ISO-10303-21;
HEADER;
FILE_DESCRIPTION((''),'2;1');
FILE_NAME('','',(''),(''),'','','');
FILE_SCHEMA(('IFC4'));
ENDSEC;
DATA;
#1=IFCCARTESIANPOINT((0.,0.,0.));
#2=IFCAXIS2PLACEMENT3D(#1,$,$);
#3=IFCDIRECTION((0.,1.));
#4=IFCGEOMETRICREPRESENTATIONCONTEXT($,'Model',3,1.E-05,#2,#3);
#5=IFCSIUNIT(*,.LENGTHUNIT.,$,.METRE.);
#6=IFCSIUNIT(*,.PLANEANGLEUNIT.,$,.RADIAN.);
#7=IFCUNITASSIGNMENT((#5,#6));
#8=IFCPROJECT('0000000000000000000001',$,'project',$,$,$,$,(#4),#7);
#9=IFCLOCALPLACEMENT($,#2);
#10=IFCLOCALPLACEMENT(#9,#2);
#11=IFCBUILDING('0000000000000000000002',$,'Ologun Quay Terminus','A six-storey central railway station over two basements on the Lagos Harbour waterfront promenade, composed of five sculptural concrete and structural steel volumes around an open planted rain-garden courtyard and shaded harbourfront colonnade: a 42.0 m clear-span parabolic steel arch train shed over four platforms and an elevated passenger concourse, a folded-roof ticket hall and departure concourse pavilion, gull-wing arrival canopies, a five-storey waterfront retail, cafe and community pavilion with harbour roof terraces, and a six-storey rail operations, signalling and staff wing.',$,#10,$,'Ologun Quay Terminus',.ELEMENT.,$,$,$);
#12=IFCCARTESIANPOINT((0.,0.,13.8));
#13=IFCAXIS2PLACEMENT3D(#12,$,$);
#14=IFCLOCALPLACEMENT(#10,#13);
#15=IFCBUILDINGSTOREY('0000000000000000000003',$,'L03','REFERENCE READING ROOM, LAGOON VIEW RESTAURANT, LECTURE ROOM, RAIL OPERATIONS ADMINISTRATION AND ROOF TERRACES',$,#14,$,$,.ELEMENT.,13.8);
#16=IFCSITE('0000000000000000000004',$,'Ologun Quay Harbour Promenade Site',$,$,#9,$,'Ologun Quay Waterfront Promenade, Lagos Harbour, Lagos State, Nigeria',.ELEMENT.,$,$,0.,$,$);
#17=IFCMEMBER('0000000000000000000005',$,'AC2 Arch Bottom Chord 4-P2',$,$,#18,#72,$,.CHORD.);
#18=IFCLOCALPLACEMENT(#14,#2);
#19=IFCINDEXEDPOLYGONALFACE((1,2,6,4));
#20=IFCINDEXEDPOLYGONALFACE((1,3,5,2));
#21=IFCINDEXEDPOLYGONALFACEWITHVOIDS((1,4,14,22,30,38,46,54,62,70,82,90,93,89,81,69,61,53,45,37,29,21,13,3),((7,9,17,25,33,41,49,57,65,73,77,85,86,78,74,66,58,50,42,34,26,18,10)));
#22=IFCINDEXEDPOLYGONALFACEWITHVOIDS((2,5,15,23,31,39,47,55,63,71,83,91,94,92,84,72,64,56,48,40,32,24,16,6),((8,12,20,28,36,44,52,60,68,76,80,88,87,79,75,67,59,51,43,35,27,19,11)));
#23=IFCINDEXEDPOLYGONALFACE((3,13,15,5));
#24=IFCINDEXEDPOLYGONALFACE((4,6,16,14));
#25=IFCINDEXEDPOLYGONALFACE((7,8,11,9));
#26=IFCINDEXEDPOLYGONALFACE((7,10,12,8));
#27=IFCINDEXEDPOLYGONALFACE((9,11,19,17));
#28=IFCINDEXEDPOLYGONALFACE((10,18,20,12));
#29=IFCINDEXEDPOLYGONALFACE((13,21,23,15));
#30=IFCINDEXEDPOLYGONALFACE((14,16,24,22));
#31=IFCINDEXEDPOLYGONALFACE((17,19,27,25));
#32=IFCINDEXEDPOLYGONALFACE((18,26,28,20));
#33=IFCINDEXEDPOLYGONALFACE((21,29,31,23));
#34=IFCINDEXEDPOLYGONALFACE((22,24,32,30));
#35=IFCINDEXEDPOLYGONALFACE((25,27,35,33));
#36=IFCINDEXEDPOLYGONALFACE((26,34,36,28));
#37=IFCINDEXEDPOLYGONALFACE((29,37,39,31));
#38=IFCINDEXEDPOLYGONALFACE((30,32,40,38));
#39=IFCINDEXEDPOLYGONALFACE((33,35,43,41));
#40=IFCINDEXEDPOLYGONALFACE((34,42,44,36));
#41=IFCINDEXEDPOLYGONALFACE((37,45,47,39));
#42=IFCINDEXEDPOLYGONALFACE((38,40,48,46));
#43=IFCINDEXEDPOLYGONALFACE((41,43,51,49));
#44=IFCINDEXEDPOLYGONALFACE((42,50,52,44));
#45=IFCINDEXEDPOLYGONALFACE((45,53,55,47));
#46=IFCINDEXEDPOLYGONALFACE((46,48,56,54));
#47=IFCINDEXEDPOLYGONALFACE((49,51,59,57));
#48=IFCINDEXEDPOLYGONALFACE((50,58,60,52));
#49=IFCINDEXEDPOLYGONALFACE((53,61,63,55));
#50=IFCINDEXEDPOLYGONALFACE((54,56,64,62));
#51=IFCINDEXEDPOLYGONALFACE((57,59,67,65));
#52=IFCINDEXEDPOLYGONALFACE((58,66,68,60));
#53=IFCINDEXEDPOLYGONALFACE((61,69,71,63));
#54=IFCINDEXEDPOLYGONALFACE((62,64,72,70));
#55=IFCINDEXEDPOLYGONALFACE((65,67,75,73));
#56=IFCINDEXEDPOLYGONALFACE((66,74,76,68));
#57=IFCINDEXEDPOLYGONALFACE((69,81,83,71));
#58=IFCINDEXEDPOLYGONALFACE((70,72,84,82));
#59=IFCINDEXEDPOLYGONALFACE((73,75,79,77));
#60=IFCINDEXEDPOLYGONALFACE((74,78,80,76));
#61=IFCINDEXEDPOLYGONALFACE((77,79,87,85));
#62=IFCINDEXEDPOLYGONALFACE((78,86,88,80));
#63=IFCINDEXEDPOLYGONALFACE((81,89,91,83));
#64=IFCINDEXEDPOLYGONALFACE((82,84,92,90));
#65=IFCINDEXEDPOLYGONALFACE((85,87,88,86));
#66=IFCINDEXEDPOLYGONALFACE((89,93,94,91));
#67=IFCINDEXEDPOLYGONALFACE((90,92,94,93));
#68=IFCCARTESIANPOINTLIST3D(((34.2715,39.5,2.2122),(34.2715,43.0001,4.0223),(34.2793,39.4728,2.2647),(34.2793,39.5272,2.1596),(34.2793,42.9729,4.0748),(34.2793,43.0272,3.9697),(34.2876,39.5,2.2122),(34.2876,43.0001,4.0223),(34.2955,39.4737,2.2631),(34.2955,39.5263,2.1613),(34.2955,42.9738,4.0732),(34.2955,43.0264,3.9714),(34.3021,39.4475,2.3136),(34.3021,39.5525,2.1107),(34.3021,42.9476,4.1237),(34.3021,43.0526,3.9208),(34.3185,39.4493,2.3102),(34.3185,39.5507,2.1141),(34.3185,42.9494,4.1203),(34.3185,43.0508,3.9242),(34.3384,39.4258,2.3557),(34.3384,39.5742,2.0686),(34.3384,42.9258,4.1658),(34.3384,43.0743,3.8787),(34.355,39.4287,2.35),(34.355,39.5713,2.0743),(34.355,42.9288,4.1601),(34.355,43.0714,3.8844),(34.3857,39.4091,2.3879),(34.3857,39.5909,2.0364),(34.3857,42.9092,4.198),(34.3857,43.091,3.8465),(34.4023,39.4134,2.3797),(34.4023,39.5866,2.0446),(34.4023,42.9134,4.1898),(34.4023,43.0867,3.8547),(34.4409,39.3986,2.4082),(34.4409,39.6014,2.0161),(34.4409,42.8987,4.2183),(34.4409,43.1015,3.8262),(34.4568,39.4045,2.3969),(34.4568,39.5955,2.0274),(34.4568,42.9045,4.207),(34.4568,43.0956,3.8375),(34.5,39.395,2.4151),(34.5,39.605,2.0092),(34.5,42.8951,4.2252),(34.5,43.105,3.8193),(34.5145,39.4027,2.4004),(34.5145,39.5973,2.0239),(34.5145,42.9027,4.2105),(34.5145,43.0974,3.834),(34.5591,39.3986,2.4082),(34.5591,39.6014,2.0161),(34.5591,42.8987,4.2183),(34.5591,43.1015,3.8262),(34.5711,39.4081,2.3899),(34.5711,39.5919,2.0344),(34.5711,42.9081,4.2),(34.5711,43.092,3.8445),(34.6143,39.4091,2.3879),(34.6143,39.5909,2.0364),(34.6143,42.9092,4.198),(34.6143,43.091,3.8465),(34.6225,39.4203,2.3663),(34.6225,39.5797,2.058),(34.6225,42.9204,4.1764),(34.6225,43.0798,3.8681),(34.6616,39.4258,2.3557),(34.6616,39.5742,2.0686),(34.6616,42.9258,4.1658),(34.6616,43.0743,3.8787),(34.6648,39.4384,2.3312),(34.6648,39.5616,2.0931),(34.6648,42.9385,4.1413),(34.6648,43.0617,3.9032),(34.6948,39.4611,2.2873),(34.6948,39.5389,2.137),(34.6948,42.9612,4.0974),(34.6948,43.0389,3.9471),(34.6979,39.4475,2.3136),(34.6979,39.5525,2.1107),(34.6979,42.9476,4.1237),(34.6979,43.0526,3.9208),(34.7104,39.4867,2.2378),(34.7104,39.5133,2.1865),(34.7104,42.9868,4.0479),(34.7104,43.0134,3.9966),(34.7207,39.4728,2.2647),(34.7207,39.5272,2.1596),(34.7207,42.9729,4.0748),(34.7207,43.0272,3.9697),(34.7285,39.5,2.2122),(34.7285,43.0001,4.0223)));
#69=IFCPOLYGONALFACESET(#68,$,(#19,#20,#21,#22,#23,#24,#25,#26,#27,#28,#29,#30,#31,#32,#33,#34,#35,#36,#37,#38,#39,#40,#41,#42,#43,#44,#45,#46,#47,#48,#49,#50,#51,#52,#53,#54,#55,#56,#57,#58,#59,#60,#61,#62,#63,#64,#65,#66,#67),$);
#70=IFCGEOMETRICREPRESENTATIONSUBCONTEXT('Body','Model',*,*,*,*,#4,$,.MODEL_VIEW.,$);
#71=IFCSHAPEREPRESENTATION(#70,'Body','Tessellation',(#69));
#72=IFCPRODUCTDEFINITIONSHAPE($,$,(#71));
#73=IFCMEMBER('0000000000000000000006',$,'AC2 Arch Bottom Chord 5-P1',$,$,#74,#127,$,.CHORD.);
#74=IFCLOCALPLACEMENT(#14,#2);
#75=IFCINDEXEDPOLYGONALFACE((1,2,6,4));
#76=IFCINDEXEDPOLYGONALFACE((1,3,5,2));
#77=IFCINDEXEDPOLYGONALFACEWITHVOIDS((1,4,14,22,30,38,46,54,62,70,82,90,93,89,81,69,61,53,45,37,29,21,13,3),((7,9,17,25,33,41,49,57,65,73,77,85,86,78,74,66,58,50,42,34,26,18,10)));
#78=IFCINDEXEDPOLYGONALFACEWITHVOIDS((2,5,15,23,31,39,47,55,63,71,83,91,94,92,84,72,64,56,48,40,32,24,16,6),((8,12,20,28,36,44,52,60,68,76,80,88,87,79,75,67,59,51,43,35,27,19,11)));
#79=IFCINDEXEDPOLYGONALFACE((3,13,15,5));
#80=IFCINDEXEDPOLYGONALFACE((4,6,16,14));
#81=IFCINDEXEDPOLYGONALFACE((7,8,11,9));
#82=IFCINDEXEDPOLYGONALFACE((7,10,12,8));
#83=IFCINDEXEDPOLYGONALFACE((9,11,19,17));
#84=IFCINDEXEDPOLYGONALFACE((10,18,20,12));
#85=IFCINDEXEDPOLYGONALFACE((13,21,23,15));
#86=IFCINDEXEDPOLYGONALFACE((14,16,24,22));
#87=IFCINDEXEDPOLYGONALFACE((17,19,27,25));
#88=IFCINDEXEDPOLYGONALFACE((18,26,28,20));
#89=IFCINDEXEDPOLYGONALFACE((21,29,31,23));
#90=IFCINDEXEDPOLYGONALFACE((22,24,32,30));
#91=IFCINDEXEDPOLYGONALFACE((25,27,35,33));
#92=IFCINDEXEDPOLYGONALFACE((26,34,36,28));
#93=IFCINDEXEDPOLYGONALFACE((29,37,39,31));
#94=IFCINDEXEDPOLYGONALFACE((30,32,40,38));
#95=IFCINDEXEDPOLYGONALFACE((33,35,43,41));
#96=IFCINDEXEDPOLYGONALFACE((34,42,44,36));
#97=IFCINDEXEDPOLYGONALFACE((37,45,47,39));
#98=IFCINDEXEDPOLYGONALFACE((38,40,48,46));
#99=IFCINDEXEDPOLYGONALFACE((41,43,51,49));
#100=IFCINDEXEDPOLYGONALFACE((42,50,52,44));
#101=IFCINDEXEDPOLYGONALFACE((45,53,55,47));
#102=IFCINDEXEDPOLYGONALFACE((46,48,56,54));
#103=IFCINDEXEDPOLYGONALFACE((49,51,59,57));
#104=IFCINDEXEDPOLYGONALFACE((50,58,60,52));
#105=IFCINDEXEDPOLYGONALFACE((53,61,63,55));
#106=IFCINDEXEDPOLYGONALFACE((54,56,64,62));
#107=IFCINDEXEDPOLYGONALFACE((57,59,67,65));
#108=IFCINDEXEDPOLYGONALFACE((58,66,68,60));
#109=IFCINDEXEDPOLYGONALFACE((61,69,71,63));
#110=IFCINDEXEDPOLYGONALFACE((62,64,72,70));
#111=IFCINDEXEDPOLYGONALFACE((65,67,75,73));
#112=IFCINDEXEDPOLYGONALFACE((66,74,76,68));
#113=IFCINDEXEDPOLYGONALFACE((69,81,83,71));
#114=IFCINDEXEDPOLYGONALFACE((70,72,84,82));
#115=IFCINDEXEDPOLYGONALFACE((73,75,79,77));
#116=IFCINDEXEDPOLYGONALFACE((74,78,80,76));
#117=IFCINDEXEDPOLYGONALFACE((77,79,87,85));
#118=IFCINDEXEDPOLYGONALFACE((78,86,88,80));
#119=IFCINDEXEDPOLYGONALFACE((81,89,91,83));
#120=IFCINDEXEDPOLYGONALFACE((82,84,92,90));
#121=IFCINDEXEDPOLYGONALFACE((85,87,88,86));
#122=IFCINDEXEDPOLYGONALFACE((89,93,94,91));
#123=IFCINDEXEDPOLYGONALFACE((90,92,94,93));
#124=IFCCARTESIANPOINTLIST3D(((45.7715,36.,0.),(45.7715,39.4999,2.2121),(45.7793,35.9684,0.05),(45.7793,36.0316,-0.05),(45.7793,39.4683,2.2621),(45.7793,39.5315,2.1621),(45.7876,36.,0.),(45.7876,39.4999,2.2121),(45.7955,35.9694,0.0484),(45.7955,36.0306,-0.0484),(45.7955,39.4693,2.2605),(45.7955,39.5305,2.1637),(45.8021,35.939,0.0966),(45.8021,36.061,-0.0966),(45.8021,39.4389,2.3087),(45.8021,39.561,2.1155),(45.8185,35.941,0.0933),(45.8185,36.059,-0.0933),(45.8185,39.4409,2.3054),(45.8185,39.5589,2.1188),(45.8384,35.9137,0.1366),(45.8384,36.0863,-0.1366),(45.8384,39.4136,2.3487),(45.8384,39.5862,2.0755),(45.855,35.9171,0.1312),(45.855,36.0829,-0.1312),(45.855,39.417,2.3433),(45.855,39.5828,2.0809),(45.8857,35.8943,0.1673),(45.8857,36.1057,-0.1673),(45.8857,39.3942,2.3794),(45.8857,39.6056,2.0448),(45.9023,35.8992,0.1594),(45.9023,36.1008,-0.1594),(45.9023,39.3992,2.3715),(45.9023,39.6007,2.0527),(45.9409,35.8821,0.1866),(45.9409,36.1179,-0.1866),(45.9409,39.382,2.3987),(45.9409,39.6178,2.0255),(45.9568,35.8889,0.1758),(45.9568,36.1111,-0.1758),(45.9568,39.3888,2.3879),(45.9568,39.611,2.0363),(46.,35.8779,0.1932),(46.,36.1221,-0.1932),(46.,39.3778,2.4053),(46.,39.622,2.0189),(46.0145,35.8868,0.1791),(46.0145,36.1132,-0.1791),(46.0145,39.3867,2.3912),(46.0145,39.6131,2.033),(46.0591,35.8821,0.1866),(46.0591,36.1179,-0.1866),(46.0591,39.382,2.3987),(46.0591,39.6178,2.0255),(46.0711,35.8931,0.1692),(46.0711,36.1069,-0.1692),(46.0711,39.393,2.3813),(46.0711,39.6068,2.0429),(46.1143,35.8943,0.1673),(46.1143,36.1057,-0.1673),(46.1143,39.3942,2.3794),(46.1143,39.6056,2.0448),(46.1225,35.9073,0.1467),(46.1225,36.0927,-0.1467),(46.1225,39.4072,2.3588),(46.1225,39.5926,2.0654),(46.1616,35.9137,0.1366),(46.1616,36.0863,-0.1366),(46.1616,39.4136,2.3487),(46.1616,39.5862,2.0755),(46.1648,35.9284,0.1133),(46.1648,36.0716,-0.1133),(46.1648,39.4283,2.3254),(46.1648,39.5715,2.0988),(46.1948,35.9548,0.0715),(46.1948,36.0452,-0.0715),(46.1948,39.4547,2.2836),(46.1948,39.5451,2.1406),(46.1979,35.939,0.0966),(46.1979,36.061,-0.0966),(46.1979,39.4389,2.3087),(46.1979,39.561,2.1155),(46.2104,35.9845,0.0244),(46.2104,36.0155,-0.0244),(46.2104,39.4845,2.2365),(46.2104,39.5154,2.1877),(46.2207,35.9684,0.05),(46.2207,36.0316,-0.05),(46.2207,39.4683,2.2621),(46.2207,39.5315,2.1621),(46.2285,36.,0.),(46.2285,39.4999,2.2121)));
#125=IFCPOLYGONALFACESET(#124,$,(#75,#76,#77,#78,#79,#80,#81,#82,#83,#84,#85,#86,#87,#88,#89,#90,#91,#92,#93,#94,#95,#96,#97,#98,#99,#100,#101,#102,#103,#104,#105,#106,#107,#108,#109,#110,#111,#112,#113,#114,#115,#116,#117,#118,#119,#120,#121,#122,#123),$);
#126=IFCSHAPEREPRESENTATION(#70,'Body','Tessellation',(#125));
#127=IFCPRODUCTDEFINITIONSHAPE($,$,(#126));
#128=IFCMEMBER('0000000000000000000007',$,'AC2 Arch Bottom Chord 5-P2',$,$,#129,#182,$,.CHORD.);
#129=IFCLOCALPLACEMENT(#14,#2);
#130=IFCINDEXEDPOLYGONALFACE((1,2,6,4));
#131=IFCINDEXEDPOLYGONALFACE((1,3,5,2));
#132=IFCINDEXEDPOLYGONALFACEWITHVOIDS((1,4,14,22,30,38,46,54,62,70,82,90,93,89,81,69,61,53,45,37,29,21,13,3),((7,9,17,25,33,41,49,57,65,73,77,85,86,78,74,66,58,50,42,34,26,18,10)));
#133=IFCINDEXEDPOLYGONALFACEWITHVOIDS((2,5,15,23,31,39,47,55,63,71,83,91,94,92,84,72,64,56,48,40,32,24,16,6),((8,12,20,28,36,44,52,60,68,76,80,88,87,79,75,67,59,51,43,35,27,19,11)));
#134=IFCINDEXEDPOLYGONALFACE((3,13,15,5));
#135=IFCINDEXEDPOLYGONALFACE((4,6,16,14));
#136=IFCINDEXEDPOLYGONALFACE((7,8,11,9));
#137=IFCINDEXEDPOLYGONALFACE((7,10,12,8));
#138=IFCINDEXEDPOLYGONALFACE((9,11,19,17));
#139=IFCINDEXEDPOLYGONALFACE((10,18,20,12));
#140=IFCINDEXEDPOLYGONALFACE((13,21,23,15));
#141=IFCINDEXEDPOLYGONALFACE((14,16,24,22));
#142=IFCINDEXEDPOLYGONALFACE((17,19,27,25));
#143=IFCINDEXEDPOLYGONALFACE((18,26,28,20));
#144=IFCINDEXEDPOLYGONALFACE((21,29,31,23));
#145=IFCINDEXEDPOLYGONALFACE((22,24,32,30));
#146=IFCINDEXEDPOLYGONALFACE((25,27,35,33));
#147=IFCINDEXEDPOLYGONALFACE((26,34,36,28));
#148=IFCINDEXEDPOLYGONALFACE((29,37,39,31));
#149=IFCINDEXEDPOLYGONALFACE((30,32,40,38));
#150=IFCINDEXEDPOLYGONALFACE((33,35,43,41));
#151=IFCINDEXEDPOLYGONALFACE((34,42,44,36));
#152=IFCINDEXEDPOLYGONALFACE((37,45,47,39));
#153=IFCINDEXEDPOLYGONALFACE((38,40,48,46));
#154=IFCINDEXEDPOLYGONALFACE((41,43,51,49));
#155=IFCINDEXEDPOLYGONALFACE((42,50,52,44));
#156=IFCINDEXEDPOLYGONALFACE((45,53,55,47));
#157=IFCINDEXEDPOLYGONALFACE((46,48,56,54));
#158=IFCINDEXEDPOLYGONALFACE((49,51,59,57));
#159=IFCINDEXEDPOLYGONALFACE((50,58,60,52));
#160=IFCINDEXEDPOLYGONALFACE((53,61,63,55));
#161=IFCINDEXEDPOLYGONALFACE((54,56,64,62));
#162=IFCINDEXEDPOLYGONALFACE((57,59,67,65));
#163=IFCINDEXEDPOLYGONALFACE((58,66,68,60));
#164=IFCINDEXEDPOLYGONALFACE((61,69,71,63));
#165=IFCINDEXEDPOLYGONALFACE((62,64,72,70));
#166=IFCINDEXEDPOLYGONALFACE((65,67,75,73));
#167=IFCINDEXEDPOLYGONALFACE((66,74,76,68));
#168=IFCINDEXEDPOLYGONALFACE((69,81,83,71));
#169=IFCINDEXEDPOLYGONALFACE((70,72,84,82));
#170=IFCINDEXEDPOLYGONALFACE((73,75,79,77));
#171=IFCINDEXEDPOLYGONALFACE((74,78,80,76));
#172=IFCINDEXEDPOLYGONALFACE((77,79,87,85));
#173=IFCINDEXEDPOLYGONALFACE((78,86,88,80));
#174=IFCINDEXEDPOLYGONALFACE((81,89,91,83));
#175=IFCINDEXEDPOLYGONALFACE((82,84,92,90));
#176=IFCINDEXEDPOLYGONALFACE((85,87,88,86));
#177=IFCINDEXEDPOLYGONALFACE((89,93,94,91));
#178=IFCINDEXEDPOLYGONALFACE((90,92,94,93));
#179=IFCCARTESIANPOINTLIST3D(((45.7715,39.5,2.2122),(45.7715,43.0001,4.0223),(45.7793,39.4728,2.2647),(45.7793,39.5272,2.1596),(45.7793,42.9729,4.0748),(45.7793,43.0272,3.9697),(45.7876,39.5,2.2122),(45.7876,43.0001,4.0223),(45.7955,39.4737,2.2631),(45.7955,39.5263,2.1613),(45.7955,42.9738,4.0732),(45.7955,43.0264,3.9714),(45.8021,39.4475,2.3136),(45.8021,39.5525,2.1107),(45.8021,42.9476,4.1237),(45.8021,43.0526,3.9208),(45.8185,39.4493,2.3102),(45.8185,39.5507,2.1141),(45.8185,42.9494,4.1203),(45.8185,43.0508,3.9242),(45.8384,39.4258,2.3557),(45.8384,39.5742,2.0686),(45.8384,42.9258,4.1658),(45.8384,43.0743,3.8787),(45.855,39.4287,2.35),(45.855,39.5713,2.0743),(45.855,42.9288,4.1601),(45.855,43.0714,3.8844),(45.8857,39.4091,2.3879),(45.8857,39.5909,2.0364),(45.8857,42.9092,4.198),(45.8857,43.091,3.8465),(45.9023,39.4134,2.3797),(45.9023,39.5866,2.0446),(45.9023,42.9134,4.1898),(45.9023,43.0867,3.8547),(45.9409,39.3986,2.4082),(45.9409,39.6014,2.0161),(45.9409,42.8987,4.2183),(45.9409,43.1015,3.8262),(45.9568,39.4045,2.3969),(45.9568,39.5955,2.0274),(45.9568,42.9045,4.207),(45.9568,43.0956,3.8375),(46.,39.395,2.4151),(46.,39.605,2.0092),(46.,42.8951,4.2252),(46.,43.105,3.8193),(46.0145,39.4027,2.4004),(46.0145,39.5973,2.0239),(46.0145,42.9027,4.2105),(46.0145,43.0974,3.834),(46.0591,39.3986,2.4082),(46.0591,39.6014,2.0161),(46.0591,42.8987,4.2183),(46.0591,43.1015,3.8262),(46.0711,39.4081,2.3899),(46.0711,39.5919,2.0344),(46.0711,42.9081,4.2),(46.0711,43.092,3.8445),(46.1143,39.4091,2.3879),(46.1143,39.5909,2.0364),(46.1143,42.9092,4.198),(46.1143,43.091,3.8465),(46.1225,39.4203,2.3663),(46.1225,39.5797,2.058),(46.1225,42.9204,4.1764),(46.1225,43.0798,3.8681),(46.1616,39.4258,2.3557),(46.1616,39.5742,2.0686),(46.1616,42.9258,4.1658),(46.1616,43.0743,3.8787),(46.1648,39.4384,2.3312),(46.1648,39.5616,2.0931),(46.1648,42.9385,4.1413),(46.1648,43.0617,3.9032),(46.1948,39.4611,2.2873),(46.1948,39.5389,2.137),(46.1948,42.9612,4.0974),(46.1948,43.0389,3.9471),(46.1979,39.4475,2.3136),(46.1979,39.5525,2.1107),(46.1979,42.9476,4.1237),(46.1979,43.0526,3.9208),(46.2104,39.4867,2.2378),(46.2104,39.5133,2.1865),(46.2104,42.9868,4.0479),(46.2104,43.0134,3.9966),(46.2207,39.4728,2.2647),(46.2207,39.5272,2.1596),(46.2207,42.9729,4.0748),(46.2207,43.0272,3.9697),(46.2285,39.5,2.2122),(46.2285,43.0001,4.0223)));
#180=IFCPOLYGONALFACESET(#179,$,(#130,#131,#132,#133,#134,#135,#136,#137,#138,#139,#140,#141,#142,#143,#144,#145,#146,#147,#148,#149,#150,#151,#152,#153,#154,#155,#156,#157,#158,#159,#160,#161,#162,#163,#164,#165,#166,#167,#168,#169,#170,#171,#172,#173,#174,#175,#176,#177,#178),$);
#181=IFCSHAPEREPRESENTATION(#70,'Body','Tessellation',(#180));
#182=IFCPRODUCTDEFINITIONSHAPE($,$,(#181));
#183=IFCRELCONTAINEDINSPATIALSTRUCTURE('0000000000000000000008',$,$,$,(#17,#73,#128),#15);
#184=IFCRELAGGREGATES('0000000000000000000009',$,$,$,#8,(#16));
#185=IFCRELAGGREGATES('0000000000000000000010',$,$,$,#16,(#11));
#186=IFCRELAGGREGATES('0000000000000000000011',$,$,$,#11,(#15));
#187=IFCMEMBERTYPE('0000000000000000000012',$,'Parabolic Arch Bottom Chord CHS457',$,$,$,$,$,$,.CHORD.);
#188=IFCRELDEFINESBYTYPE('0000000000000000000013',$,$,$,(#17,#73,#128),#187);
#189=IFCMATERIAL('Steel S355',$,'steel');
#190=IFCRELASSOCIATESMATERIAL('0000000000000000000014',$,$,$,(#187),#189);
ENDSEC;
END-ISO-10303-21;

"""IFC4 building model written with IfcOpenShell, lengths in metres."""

from ifc_helpers import new_model, si_unit, direction, frame, origin, origin_2d, place, context, subcontext, project, spatial, hollow_circle, extrude, material, material_profile, profile_set, type_object, element, save


model = new_model("IFC4")

# Units and contexts
model_context = context("Model", 3, precision=1e-05, world=origin(), true_north=direction((0.0, 1.0)))
body_context = subcontext(model_context, "Body", "Model", "MODEL_VIEW")
ifc_project = project(units=[si_unit("LENGTHUNIT", "METRE"), si_unit("PLANEANGLEUNIT", "RADIAN")], contexts=[model_context])

# Site, building, storey
site_placement = place(None, origin())
site = spatial("IfcSite", under=ifc_project, at=site_placement, Name="Ologun Quay Harbour Promenade Site", LongName="Ologun Quay Waterfront Promenade, Lagos Harbour, Lagos State, Nigeria", CompositionType="ELEMENT", RefElevation=0.0)
building_placement = place(site_placement, origin())
building = spatial("IfcBuilding", under=site, at=building_placement, Name="Ologun Quay Terminus", Description="A six-storey central railway station over two basements on the Lagos Harbour waterfront promenade, composed of five sculptural concrete and structural steel volumes around an open planted rain-garden courtyard and shaded harbourfront colonnade: a 42.0 m clear-span parabolic steel arch train shed over four platforms and an elevated passenger concourse, a folded-roof ticket hall and departure concourse pavilion, gull-wing arrival canopies, a five-storey waterfront retail, cafe and community pavilion with harbour roof terraces, and a six-storey rail operations, signalling and staff wing.", LongName="Ologun Quay Terminus", CompositionType="ELEMENT")
storey_placement = place(building_placement, frame((0.0, 0.0, 13.8)))
storey = spatial("IfcBuildingStorey", under=building, at=storey_placement, Name="L03", Description="REFERENCE READING ROOM, LAGOON VIEW RESTAURANT, LECTURE ROOM, RAIL OPERATIONS ADMINISTRATION AND ROOF TERRACES", CompositionType="ELEMENT", Elevation=13.8)

# Members
ifc_material_1 = material(Name="Steel S355", Category="steel")
ifc_material_profile_1 = material_profile(ifc_material_1, hollow_circle(Radius=0.2285, WallThickness=0.0161, at=origin_2d()), Name="CHS 457x16")
ifc_profile_set_1 = profile_set([ifc_material_profile_1], Name="Steel S355")
member_type_1 = type_object("IfcMemberType", Name="Parabolic Arch Bottom Chord CHS457", PredefinedType="CHORD", material=ifc_profile_set_1)
member_1_placement = place(storey_placement, frame((34.5, 39.5, 2.2122), z_axis=(0.0, 0.888247, 0.459366), x_axis=(-1.0, 0.0, 0.0)))
element("IfcMember", 1, at=member_1_placement, inside=storey, type_object=member_type_1, Name="AC2 Arch Bottom Chord 4-P2", PredefinedType="CHORD", context=body_context, shape_type="SweptSolid", body=[
    extrude(hollow_circle(Radius=0.2285, WallThickness=0.0161, at=origin_2d()), origin(), (0.0, 0.0, 1.0), 3.9404),
])
member_2_placement = place(storey_placement, frame((46.0, 36.0, 0.0), z_axis=(0.0, 0.845311, 0.534275), x_axis=(-1.0, 0.0, 0.0)))
element("IfcMember", 2, at=member_2_placement, inside=storey, type_object=member_type_1, Name="AC2 Arch Bottom Chord 5-P1", PredefinedType="CHORD", context=body_context, shape_type="SweptSolid", body=[
    extrude(hollow_circle(Radius=0.2285, WallThickness=0.0161, at=origin_2d()), origin(), (0.0, 0.0, 1.0), 4.1404),
])
member_3_placement = place(storey_placement, frame((46.0, 39.5, 2.2122), z_axis=(0.0, 0.888247, 0.459366), x_axis=(-1.0, 0.0, 0.0)))
element("IfcMember", 3, at=member_3_placement, inside=storey, type_object=member_type_1, Name="AC2 Arch Bottom Chord 5-P2", PredefinedType="CHORD", context=body_context, shape_type="SweptSolid", body=[
    extrude(hollow_circle(Radius=0.2285, WallThickness=0.0161, at=origin_2d()), origin(), (0.0, 0.0, 1.0), 3.9404),
])

save(model, "model.ifc")
